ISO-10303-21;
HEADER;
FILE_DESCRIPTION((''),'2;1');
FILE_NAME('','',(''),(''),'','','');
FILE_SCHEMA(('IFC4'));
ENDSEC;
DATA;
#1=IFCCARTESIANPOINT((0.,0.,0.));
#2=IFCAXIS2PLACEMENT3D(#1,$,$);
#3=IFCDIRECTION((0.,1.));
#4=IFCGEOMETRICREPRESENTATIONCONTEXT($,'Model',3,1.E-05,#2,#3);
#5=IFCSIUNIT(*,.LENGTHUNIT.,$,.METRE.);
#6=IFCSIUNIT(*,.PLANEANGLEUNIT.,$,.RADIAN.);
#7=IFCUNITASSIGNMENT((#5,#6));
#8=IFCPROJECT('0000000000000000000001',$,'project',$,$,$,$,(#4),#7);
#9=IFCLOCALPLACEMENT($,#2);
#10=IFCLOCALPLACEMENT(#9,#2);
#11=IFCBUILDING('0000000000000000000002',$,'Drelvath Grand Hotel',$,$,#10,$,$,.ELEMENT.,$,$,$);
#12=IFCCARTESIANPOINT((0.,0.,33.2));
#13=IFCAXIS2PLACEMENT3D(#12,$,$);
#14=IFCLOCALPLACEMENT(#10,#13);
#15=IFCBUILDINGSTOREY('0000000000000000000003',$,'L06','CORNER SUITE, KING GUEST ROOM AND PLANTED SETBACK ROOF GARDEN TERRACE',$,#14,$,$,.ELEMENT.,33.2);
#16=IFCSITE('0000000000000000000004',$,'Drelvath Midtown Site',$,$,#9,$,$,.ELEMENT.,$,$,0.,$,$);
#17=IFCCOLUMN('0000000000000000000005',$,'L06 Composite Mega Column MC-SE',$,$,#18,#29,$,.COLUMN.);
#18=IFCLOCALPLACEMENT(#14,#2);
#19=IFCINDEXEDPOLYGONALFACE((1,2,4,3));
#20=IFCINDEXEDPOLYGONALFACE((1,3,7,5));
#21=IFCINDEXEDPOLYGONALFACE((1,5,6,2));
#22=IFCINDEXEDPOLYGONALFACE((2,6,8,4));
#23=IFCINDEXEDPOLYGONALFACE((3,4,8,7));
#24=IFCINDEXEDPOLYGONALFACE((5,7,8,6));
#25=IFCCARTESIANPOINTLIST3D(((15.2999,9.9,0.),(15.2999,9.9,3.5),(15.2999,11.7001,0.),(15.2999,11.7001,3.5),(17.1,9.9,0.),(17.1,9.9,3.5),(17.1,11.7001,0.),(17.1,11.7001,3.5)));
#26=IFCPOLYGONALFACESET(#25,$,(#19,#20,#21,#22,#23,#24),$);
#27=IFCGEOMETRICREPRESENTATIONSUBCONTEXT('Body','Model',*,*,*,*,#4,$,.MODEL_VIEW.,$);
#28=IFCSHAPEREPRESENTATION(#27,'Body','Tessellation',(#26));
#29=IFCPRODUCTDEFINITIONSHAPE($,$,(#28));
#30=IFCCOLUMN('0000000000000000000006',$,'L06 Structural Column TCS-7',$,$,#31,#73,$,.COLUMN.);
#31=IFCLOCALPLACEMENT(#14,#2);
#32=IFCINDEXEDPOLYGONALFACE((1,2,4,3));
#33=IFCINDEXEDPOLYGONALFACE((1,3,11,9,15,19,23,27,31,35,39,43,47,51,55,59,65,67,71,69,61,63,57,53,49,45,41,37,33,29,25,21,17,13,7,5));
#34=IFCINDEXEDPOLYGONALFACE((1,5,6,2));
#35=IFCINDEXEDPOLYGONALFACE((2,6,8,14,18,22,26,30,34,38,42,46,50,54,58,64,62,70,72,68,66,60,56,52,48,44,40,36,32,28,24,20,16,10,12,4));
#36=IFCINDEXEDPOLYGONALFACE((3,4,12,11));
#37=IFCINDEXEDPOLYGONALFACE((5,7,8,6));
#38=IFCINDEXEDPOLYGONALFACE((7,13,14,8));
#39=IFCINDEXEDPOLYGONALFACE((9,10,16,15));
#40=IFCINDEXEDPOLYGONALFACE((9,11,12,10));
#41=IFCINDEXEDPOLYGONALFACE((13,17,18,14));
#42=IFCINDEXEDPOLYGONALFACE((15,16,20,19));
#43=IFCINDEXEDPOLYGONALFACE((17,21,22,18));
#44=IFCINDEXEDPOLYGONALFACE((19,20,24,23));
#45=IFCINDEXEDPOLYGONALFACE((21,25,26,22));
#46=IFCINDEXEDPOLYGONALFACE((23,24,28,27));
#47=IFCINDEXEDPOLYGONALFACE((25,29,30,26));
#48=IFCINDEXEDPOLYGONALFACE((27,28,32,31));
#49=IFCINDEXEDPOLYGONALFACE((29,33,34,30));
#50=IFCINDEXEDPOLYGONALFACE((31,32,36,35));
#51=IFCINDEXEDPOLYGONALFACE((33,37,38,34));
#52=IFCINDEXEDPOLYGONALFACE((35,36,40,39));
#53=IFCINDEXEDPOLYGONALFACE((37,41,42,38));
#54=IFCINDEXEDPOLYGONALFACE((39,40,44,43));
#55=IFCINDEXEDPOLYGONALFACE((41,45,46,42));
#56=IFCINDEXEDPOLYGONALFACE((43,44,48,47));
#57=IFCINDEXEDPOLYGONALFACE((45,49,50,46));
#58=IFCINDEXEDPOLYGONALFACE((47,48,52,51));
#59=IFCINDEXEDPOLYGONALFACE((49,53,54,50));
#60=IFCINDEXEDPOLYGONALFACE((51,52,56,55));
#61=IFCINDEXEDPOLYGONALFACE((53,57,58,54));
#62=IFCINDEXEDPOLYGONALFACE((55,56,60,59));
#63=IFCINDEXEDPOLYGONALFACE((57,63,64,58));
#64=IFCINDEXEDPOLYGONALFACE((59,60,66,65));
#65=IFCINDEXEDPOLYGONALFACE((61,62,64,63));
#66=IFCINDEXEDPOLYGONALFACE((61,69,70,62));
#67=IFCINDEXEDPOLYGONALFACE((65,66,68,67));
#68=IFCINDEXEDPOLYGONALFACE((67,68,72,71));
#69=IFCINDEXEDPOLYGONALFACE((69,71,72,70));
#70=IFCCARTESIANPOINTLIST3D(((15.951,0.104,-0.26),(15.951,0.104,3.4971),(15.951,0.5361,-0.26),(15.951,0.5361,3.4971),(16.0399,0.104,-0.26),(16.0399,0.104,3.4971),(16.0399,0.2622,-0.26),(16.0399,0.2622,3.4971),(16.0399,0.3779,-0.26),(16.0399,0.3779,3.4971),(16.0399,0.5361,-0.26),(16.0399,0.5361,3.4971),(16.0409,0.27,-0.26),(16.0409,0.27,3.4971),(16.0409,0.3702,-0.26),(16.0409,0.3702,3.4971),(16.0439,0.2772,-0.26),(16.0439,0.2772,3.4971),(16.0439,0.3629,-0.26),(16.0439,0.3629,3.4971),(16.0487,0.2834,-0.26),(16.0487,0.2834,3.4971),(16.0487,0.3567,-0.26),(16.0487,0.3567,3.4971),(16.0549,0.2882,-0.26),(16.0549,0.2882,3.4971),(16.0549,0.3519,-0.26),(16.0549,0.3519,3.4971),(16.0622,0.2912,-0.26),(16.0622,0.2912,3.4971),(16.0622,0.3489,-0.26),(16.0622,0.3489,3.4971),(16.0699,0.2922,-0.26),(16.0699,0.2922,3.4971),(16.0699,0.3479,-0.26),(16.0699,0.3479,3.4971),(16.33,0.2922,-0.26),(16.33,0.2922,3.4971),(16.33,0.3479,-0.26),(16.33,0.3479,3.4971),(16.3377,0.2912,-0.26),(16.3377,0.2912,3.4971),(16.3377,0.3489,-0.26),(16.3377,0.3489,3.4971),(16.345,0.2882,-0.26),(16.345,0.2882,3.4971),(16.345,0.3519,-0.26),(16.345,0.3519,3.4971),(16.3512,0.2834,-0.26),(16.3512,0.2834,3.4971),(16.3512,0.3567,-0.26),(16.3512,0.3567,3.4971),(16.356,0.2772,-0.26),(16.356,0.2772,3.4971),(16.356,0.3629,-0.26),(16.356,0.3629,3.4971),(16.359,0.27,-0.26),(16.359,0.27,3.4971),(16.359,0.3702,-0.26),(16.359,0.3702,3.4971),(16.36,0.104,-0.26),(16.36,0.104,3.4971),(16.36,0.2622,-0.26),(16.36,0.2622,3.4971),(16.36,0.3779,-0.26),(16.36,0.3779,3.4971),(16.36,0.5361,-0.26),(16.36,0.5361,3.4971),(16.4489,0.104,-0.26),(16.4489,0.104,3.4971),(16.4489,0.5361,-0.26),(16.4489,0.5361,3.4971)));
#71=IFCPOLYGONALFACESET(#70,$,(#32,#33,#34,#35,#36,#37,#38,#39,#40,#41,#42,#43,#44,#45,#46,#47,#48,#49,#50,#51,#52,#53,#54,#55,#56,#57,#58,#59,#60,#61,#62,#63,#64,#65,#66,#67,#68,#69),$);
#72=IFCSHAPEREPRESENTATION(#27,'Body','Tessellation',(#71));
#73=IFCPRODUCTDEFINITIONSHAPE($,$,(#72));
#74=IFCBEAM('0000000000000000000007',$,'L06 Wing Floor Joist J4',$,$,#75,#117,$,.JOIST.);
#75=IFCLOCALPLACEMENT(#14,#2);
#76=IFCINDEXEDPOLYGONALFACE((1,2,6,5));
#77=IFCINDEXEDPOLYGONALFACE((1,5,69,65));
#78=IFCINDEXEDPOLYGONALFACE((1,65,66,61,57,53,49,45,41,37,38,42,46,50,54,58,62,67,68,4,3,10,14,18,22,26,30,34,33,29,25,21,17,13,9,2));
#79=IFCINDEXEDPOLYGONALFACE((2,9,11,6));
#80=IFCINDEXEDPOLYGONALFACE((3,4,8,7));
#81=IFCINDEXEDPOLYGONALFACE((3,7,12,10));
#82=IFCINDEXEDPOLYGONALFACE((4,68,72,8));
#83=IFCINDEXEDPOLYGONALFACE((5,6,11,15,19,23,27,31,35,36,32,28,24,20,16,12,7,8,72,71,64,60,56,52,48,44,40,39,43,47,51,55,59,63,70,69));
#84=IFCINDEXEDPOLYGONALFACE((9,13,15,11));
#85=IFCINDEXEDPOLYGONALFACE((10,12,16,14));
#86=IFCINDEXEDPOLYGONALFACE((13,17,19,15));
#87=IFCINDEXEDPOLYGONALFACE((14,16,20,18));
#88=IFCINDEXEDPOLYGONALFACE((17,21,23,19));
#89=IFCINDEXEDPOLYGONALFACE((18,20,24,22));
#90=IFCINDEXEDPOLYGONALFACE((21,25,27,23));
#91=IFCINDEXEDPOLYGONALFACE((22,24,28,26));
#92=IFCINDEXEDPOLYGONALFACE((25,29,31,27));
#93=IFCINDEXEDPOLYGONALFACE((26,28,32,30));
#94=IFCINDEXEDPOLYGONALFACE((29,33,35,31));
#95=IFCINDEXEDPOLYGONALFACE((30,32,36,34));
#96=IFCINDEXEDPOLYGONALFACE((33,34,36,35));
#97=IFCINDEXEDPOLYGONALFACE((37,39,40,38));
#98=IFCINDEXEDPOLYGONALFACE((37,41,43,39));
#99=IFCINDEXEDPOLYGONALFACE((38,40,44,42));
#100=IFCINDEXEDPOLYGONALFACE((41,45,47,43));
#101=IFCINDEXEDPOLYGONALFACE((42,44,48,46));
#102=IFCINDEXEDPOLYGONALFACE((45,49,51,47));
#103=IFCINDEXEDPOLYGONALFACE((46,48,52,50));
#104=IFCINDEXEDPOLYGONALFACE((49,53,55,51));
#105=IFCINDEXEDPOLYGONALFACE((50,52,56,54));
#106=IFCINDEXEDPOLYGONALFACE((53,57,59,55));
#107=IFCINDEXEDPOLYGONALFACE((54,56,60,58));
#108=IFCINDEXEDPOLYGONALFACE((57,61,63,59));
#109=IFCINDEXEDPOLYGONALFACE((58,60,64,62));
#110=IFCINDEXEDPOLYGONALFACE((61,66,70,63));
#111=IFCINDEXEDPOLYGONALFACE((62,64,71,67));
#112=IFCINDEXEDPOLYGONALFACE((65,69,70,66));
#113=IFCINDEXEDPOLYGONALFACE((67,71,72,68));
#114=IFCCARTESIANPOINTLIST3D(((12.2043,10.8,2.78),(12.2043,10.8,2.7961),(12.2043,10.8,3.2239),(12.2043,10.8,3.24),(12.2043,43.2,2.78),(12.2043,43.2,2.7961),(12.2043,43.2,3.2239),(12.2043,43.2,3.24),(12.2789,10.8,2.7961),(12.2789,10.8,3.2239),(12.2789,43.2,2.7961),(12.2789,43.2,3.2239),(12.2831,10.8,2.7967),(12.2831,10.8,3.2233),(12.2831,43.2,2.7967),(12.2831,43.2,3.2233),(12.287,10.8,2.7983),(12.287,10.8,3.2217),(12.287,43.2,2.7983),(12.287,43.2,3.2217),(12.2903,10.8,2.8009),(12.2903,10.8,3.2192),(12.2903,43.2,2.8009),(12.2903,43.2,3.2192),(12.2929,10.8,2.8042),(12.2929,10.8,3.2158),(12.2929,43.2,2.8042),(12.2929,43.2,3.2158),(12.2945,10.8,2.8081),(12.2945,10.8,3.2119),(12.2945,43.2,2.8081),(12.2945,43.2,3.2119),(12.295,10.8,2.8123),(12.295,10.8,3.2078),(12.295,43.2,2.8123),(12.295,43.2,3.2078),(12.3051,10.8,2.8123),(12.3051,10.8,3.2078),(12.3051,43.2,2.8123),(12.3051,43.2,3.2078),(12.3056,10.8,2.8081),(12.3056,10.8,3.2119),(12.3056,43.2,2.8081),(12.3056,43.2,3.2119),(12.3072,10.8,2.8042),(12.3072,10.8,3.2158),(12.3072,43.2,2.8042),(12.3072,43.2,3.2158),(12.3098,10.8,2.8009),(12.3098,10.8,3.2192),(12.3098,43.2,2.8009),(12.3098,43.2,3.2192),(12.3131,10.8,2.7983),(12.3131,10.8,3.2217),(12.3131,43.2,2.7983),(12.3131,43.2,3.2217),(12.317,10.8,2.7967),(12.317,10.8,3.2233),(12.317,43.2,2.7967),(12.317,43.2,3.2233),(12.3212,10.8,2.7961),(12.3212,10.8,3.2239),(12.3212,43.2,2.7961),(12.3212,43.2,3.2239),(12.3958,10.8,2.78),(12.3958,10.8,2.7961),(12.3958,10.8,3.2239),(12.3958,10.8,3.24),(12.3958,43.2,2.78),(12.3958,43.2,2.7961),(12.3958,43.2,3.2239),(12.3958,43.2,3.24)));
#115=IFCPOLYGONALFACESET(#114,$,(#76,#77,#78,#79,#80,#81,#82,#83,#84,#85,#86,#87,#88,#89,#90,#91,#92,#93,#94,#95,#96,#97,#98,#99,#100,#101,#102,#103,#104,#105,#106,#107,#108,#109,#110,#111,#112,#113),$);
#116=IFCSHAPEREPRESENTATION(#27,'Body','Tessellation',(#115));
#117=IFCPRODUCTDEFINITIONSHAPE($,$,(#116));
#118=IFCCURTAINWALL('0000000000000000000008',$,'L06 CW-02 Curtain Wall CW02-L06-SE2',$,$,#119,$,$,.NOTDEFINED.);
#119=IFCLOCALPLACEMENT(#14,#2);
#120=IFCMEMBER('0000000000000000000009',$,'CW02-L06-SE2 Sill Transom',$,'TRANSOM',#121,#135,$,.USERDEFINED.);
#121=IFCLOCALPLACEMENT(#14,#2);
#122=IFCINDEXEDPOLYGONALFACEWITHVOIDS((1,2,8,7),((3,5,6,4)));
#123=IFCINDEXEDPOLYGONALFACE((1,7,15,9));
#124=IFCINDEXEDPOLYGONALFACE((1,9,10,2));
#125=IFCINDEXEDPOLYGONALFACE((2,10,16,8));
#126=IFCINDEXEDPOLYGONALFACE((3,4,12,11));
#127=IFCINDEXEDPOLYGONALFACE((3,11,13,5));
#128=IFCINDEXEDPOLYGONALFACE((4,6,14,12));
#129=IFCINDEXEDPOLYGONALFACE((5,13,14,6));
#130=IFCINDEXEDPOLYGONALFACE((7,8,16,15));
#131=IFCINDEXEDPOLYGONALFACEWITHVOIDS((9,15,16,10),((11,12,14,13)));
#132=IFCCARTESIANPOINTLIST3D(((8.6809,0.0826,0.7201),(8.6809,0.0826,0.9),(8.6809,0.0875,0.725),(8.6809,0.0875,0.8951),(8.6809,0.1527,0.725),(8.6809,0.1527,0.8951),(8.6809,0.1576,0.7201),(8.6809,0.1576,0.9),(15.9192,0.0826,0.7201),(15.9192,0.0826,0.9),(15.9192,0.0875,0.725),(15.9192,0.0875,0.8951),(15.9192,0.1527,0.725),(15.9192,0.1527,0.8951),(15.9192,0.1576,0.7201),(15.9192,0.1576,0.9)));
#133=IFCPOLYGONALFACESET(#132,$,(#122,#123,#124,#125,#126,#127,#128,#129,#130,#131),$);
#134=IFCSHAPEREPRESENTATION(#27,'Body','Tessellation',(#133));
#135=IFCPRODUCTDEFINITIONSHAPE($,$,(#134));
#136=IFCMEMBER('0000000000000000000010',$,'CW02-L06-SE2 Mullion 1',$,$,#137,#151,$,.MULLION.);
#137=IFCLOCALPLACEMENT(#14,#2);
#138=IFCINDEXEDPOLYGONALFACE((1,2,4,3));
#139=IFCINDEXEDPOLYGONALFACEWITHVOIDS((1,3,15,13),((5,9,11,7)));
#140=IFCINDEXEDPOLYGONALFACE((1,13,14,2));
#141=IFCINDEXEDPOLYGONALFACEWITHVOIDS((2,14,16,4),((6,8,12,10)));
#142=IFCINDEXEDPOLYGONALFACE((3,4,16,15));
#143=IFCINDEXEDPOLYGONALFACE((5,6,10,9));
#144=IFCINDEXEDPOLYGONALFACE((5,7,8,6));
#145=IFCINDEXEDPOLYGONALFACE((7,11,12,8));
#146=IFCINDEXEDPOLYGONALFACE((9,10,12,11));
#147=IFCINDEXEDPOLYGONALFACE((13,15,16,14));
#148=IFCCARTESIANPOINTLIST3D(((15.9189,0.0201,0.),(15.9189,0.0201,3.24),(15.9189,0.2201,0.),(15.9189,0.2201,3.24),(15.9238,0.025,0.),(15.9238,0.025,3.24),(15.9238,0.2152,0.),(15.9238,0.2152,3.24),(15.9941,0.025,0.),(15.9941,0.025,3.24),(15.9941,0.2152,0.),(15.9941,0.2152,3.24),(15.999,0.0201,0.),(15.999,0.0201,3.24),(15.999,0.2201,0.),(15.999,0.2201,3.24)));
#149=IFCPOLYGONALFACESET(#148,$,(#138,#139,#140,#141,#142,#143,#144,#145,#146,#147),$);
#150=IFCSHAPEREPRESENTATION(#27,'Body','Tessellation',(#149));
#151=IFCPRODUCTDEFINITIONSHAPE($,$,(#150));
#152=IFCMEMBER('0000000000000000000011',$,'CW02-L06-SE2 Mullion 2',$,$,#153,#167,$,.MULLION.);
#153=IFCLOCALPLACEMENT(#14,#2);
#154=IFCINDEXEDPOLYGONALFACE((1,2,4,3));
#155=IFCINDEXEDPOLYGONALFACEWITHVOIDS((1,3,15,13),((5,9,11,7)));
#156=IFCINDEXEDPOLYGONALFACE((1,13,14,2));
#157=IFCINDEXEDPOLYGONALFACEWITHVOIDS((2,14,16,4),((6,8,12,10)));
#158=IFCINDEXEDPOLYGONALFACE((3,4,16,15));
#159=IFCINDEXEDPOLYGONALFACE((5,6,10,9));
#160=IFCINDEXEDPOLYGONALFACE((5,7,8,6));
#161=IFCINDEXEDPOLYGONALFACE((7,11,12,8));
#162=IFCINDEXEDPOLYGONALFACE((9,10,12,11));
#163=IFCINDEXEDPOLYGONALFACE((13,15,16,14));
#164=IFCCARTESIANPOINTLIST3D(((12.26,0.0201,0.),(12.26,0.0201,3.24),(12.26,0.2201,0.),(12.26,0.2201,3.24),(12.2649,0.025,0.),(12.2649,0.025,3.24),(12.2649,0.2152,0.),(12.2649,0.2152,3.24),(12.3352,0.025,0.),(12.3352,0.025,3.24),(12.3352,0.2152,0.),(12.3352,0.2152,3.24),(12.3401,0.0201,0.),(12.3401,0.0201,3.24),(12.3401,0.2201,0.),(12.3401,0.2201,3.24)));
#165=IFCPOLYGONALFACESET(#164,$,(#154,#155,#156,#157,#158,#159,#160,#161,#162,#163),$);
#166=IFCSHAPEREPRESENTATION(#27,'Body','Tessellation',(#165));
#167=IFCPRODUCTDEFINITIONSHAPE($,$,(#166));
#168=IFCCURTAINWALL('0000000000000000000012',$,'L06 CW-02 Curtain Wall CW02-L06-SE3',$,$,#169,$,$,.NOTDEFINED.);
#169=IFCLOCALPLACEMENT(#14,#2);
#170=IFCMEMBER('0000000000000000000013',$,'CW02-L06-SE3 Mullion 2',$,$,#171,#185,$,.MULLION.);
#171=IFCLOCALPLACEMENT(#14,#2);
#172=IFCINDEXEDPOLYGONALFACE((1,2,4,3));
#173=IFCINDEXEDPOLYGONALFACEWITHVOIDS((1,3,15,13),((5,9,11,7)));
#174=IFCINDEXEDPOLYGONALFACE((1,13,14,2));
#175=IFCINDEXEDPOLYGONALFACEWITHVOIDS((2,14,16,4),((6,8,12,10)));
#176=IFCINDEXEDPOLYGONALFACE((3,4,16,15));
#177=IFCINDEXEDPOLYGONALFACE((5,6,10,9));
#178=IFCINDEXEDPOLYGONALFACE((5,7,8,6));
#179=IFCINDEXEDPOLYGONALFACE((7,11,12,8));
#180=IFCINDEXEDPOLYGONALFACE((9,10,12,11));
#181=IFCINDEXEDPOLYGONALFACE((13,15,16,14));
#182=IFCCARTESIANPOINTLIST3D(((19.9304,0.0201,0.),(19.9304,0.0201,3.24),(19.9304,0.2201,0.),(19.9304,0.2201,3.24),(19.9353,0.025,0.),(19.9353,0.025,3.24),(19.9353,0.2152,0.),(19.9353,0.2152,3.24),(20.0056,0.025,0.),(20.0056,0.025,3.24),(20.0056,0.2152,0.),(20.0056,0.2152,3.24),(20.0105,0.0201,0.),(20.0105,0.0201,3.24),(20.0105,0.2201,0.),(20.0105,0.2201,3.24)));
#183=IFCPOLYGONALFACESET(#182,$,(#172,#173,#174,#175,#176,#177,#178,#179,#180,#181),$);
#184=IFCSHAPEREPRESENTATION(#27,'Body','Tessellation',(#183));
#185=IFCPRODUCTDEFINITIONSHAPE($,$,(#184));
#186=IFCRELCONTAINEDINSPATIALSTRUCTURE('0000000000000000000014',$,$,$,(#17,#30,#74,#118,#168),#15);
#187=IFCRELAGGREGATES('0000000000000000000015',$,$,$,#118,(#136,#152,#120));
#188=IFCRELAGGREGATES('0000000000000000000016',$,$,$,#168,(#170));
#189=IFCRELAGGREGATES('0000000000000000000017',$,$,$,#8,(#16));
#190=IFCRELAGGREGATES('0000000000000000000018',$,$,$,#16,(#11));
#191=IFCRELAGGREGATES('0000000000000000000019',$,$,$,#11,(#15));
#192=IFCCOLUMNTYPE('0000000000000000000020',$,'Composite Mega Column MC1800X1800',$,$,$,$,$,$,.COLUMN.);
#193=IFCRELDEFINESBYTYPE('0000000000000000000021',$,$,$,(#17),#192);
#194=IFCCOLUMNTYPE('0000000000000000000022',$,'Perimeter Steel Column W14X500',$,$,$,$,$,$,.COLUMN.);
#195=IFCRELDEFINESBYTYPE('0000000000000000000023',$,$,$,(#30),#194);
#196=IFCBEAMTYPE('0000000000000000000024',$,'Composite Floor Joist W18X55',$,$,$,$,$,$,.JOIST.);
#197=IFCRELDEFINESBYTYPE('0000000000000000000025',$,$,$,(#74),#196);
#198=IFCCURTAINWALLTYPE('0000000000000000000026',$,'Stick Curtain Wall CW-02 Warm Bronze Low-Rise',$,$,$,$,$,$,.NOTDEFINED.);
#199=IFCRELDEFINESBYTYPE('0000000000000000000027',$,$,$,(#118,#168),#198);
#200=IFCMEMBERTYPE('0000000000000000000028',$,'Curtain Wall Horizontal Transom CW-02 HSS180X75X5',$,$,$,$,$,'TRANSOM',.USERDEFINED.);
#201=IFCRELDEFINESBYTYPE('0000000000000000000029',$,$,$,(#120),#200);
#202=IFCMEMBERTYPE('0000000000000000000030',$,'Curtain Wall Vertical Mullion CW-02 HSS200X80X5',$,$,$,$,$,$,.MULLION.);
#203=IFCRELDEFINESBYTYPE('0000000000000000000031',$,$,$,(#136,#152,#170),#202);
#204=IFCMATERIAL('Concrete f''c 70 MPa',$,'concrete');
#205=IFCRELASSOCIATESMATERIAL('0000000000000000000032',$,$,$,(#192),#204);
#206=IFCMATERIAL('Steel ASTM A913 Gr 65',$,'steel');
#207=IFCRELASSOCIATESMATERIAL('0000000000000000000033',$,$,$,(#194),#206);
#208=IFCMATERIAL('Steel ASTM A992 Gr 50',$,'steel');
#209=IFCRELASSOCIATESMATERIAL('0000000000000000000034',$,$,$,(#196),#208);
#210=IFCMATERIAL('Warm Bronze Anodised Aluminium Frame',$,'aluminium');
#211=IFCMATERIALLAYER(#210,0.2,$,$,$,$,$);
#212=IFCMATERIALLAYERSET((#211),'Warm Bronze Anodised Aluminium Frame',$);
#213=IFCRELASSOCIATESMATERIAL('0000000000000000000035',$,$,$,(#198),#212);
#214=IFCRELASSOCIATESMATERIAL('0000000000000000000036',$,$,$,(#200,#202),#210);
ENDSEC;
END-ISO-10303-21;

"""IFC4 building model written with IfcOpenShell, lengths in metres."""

from ifc_helpers import new_model, si_unit, direction, frame, origin, origin_2d, place, context, subcontext, project, spatial, rectangle, hollow_rectangle, i_section, extrude, material, layer, layer_set, material_profile, profile_set, type_object, element, aggregate, save


model = new_model("IFC4")

# Units and contexts
model_context = context("Model", 3, precision=1e-05, world=origin(), true_north=direction((0.0, 1.0)))
body_context = subcontext(model_context, "Body", "Model", "MODEL_VIEW")
ifc_project = project(units=[si_unit("LENGTHUNIT", "METRE"), si_unit("PLANEANGLEUNIT", "RADIAN")], contexts=[model_context])

# Site, building, storey
site_placement = place(None, origin())
site = spatial("IfcSite", under=ifc_project, at=site_placement, Name="Drelvath Midtown Site", CompositionType="ELEMENT", RefElevation=0.0)
building_placement = place(site_placement, origin())
building = spatial("IfcBuilding", under=site, at=building_placement, Name="Drelvath Grand Hotel", CompositionType="ELEMENT")
storey_placement = place(building_placement, frame((0.0, 0.0, 33.2)))
storey = spatial("IfcBuildingStorey", under=building, at=storey_placement, Name="L06", Description="CORNER SUITE, KING GUEST ROOM AND PLANTED SETBACK ROOF GARDEN TERRACE", CompositionType="ELEMENT", Elevation=33.2)

# Columns
ifc_material_1 = material(Name="Concrete f'c 70 MPa", Category="concrete")
ifc_material_profile_1 = material_profile(ifc_material_1, rectangle(XDim=1.8, YDim=1.8, at=origin_2d()), Name="MC1800X1800")
ifc_profile_set_1 = profile_set([ifc_material_profile_1], Name="Concrete f'c 70 MPa")
column_type_1 = type_object("IfcColumnType", Name="Composite Mega Column MC1800X1800", PredefinedType="COLUMN", material=ifc_profile_set_1)
column_1_placement = place(storey_placement, frame((16.2, 10.8, 0.0), z_axis=(0.0, 0.0, 1.0), x_axis=(1.0, 0.0, 0.0)))
element("IfcColumn", 1, at=column_1_placement, inside=storey, type_object=column_type_1, Name="L06 Composite Mega Column MC-SE", PredefinedType="COLUMN", context=body_context, shape_type="SweptSolid", body=[
    extrude(rectangle(XDim=1.8, YDim=1.8, at=origin_2d()), origin(), (0.0, 0.0, 1.0), 3.5),
])
ifc_material_2 = material(Name="Steel ASTM A913 Gr 65", Category="steel")
ifc_material_profile_2 = material_profile(ifc_material_2, i_section(OverallWidth=0.4321, OverallDepth=0.4978, WebThickness=0.0557, FlangeThickness=0.0889, FilletRadius=0.03, at=origin_2d()), Name="W14X500")
ifc_profile_set_2 = profile_set([ifc_material_profile_2], Name="Steel ASTM A913 Gr 65")
column_type_2 = type_object("IfcColumnType", Name="Perimeter Steel Column W14X500", PredefinedType="COLUMN", material=ifc_profile_set_2)
column_2_placement = place(storey_placement, frame((16.2, 0.3201, -0.26), z_axis=(0.0, 0.0, 1.0), x_axis=(0.0, 1.0, 0.0)))
element("IfcColumn", 2, at=column_2_placement, inside=storey, type_object=column_type_2, Name="L06 Structural Column TCS-7", PredefinedType="COLUMN", context=body_context, shape_type="SweptSolid", body=[
    extrude(i_section(OverallWidth=0.4321, OverallDepth=0.4978, WebThickness=0.0557, FlangeThickness=0.0889, FilletRadius=0.03, at=origin_2d()), origin(), (0.0, 0.0, 1.0), 3.7571),
])

# Beam
ifc_material_3 = material(Name="Steel ASTM A992 Gr 50", Category="steel")
ifc_material_profile_3 = material_profile(ifc_material_3, i_section(OverallWidth=0.1914, OverallDepth=0.46, WebThickness=0.01, FlangeThickness=0.0161, FilletRadius=0.0161, at=origin_2d()), Name="W18X55")
ifc_profile_set_3 = profile_set([ifc_material_profile_3], Name="Steel ASTM A992 Gr 50")
beam_type_1 = type_object("IfcBeamType", Name="Composite Floor Joist W18X55", PredefinedType="JOIST", material=ifc_profile_set_3)
beam_1_placement = place(storey_placement, frame((12.3, 10.8, 3.01), z_axis=(0.0, 1.0, 0.0), x_axis=(-1.0, 0.0, 0.0)))
element("IfcBeam", 3, at=beam_1_placement, inside=storey, type_object=beam_type_1, Name="L06 Wing Floor Joist J4", PredefinedType="JOIST", context=body_context, shape_type="SweptSolid", body=[
    extrude(i_section(OverallWidth=0.1914, OverallDepth=0.46, WebThickness=0.01, FlangeThickness=0.0161, FilletRadius=0.0161, at=origin_2d()), origin(), (0.0, 0.0, 1.0), 32.3999),
])

# Curtain walls, members
ifc_material_4 = material(Name="Warm Bronze Anodised Aluminium Frame", Category="aluminium")
ifc_layer_1 = layer(ifc_material_4, 0.2)
ifc_layer_set_1 = layer_set([ifc_layer_1], Name="Warm Bronze Anodised Aluminium Frame")
curtain_wall_type = type_object("IfcCurtainWallType", Name="Stick Curtain Wall CW-02 Warm Bronze Low-Rise", PredefinedType="NOTDEFINED", material=ifc_layer_set_1)
curtain_wall_1_placement = place(storey_placement, origin())
curtain_wall_1 = element("IfcCurtainWall", 4, at=curtain_wall_1_placement, inside=storey, type_object=curtain_wall_type, Name="L06 CW-02 Curtain Wall CW02-L06-SE2", PredefinedType="NOTDEFINED")
ifc_material_profile_4 = material_profile(ifc_material_4, hollow_rectangle(XDim=0.075, YDim=0.1799, WallThickness=0.0049, at=origin_2d()), Name="HSS180X75X5")
ifc_profile_set_4 = profile_set([ifc_material_profile_4], Name="Warm Bronze Anodised Aluminium Frame")
member_type_1 = type_object("IfcMemberType", Name="Curtain Wall Horizontal Transom CW-02 HSS180X75X5", ElementType="TRANSOM", PredefinedType="USERDEFINED", material=ifc_profile_set_4)
member_1_placement = place(storey_placement, frame((15.9192, 0.1201, 0.8101), z_axis=(-1.0, 0.0, 0.0), x_axis=(0.0, -1.0, 0.0)))
member_1 = element("IfcMember", 5, at=member_1_placement, type_object=member_type_1, Name="CW02-L06-SE2 Sill Transom", ObjectType="TRANSOM", PredefinedType="USERDEFINED", context=body_context, shape_type="SweptSolid", body=[
    extrude(hollow_rectangle(XDim=0.075, YDim=0.1799, WallThickness=0.0049, at=origin_2d()), origin(), (0.0, 0.0, 1.0), 7.2383),
])
ifc_material_profile_5 = material_profile(ifc_material_4, hollow_rectangle(XDim=0.0801, YDim=0.2, WallThickness=0.0049, at=origin_2d()), Name="HSS200X80X5")
ifc_profile_set_5 = profile_set([ifc_material_profile_5], Name="Warm Bronze Anodised Aluminium Frame")
member_type_2 = type_object("IfcMemberType", Name="Curtain Wall Vertical Mullion CW-02 HSS200X80X5", PredefinedType="MULLION", material=ifc_profile_set_5)
member_2_placement = place(storey_placement, frame((15.959, 0.1201, 0.0), z_axis=(0.0, 0.0, 1.0), x_axis=(1.0, 0.0, 0.0)))
member_2 = element("IfcMember", 6, at=member_2_placement, type_object=member_type_2, Name="CW02-L06-SE2 Mullion 1", PredefinedType="MULLION", context=body_context, shape_type="SweptSolid", body=[
    extrude(hollow_rectangle(XDim=0.0801, YDim=0.2, WallThickness=0.0049, at=origin_2d()), origin(), (0.0, 0.0, 1.0), 3.24),
])
member_3_placement = place(storey_placement, frame((12.3, 0.1201, 0.0), z_axis=(0.0, 0.0, 1.0), x_axis=(1.0, 0.0, 0.0)))
member_3 = element("IfcMember", 7, at=member_3_placement, type_object=member_type_2, Name="CW02-L06-SE2 Mullion 2", PredefinedType="MULLION", context=body_context, shape_type="SweptSolid", body=[
    extrude(hollow_rectangle(XDim=0.0801, YDim=0.2, WallThickness=0.0049, at=origin_2d()), origin(), (0.0, 0.0, 1.0), 3.24),
])
curtain_wall_2_placement = place(storey_placement, origin())
curtain_wall_2 = element("IfcCurtainWall", 8, at=curtain_wall_2_placement, inside=storey, type_object=curtain_wall_type, Name="L06 CW-02 Curtain Wall CW02-L06-SE3", PredefinedType="NOTDEFINED")
member_4_placement = place(storey_placement, frame((19.9705, 0.1201, 0.0), z_axis=(0.0, 0.0, 1.0), x_axis=(1.0, 0.0, 0.0)))
member_4 = element("IfcMember", 9, at=member_4_placement, type_object=member_type_2, Name="CW02-L06-SE3 Mullion 2", PredefinedType="MULLION", context=body_context, shape_type="SweptSolid", body=[
    extrude(hollow_rectangle(XDim=0.0801, YDim=0.2, WallThickness=0.0049, at=origin_2d()), origin(), (0.0, 0.0, 1.0), 3.24),
])

aggregate(curtain_wall_1, [member_2, member_3, member_1])
aggregate(curtain_wall_2, [member_4])

save(model, "model.ifc")
